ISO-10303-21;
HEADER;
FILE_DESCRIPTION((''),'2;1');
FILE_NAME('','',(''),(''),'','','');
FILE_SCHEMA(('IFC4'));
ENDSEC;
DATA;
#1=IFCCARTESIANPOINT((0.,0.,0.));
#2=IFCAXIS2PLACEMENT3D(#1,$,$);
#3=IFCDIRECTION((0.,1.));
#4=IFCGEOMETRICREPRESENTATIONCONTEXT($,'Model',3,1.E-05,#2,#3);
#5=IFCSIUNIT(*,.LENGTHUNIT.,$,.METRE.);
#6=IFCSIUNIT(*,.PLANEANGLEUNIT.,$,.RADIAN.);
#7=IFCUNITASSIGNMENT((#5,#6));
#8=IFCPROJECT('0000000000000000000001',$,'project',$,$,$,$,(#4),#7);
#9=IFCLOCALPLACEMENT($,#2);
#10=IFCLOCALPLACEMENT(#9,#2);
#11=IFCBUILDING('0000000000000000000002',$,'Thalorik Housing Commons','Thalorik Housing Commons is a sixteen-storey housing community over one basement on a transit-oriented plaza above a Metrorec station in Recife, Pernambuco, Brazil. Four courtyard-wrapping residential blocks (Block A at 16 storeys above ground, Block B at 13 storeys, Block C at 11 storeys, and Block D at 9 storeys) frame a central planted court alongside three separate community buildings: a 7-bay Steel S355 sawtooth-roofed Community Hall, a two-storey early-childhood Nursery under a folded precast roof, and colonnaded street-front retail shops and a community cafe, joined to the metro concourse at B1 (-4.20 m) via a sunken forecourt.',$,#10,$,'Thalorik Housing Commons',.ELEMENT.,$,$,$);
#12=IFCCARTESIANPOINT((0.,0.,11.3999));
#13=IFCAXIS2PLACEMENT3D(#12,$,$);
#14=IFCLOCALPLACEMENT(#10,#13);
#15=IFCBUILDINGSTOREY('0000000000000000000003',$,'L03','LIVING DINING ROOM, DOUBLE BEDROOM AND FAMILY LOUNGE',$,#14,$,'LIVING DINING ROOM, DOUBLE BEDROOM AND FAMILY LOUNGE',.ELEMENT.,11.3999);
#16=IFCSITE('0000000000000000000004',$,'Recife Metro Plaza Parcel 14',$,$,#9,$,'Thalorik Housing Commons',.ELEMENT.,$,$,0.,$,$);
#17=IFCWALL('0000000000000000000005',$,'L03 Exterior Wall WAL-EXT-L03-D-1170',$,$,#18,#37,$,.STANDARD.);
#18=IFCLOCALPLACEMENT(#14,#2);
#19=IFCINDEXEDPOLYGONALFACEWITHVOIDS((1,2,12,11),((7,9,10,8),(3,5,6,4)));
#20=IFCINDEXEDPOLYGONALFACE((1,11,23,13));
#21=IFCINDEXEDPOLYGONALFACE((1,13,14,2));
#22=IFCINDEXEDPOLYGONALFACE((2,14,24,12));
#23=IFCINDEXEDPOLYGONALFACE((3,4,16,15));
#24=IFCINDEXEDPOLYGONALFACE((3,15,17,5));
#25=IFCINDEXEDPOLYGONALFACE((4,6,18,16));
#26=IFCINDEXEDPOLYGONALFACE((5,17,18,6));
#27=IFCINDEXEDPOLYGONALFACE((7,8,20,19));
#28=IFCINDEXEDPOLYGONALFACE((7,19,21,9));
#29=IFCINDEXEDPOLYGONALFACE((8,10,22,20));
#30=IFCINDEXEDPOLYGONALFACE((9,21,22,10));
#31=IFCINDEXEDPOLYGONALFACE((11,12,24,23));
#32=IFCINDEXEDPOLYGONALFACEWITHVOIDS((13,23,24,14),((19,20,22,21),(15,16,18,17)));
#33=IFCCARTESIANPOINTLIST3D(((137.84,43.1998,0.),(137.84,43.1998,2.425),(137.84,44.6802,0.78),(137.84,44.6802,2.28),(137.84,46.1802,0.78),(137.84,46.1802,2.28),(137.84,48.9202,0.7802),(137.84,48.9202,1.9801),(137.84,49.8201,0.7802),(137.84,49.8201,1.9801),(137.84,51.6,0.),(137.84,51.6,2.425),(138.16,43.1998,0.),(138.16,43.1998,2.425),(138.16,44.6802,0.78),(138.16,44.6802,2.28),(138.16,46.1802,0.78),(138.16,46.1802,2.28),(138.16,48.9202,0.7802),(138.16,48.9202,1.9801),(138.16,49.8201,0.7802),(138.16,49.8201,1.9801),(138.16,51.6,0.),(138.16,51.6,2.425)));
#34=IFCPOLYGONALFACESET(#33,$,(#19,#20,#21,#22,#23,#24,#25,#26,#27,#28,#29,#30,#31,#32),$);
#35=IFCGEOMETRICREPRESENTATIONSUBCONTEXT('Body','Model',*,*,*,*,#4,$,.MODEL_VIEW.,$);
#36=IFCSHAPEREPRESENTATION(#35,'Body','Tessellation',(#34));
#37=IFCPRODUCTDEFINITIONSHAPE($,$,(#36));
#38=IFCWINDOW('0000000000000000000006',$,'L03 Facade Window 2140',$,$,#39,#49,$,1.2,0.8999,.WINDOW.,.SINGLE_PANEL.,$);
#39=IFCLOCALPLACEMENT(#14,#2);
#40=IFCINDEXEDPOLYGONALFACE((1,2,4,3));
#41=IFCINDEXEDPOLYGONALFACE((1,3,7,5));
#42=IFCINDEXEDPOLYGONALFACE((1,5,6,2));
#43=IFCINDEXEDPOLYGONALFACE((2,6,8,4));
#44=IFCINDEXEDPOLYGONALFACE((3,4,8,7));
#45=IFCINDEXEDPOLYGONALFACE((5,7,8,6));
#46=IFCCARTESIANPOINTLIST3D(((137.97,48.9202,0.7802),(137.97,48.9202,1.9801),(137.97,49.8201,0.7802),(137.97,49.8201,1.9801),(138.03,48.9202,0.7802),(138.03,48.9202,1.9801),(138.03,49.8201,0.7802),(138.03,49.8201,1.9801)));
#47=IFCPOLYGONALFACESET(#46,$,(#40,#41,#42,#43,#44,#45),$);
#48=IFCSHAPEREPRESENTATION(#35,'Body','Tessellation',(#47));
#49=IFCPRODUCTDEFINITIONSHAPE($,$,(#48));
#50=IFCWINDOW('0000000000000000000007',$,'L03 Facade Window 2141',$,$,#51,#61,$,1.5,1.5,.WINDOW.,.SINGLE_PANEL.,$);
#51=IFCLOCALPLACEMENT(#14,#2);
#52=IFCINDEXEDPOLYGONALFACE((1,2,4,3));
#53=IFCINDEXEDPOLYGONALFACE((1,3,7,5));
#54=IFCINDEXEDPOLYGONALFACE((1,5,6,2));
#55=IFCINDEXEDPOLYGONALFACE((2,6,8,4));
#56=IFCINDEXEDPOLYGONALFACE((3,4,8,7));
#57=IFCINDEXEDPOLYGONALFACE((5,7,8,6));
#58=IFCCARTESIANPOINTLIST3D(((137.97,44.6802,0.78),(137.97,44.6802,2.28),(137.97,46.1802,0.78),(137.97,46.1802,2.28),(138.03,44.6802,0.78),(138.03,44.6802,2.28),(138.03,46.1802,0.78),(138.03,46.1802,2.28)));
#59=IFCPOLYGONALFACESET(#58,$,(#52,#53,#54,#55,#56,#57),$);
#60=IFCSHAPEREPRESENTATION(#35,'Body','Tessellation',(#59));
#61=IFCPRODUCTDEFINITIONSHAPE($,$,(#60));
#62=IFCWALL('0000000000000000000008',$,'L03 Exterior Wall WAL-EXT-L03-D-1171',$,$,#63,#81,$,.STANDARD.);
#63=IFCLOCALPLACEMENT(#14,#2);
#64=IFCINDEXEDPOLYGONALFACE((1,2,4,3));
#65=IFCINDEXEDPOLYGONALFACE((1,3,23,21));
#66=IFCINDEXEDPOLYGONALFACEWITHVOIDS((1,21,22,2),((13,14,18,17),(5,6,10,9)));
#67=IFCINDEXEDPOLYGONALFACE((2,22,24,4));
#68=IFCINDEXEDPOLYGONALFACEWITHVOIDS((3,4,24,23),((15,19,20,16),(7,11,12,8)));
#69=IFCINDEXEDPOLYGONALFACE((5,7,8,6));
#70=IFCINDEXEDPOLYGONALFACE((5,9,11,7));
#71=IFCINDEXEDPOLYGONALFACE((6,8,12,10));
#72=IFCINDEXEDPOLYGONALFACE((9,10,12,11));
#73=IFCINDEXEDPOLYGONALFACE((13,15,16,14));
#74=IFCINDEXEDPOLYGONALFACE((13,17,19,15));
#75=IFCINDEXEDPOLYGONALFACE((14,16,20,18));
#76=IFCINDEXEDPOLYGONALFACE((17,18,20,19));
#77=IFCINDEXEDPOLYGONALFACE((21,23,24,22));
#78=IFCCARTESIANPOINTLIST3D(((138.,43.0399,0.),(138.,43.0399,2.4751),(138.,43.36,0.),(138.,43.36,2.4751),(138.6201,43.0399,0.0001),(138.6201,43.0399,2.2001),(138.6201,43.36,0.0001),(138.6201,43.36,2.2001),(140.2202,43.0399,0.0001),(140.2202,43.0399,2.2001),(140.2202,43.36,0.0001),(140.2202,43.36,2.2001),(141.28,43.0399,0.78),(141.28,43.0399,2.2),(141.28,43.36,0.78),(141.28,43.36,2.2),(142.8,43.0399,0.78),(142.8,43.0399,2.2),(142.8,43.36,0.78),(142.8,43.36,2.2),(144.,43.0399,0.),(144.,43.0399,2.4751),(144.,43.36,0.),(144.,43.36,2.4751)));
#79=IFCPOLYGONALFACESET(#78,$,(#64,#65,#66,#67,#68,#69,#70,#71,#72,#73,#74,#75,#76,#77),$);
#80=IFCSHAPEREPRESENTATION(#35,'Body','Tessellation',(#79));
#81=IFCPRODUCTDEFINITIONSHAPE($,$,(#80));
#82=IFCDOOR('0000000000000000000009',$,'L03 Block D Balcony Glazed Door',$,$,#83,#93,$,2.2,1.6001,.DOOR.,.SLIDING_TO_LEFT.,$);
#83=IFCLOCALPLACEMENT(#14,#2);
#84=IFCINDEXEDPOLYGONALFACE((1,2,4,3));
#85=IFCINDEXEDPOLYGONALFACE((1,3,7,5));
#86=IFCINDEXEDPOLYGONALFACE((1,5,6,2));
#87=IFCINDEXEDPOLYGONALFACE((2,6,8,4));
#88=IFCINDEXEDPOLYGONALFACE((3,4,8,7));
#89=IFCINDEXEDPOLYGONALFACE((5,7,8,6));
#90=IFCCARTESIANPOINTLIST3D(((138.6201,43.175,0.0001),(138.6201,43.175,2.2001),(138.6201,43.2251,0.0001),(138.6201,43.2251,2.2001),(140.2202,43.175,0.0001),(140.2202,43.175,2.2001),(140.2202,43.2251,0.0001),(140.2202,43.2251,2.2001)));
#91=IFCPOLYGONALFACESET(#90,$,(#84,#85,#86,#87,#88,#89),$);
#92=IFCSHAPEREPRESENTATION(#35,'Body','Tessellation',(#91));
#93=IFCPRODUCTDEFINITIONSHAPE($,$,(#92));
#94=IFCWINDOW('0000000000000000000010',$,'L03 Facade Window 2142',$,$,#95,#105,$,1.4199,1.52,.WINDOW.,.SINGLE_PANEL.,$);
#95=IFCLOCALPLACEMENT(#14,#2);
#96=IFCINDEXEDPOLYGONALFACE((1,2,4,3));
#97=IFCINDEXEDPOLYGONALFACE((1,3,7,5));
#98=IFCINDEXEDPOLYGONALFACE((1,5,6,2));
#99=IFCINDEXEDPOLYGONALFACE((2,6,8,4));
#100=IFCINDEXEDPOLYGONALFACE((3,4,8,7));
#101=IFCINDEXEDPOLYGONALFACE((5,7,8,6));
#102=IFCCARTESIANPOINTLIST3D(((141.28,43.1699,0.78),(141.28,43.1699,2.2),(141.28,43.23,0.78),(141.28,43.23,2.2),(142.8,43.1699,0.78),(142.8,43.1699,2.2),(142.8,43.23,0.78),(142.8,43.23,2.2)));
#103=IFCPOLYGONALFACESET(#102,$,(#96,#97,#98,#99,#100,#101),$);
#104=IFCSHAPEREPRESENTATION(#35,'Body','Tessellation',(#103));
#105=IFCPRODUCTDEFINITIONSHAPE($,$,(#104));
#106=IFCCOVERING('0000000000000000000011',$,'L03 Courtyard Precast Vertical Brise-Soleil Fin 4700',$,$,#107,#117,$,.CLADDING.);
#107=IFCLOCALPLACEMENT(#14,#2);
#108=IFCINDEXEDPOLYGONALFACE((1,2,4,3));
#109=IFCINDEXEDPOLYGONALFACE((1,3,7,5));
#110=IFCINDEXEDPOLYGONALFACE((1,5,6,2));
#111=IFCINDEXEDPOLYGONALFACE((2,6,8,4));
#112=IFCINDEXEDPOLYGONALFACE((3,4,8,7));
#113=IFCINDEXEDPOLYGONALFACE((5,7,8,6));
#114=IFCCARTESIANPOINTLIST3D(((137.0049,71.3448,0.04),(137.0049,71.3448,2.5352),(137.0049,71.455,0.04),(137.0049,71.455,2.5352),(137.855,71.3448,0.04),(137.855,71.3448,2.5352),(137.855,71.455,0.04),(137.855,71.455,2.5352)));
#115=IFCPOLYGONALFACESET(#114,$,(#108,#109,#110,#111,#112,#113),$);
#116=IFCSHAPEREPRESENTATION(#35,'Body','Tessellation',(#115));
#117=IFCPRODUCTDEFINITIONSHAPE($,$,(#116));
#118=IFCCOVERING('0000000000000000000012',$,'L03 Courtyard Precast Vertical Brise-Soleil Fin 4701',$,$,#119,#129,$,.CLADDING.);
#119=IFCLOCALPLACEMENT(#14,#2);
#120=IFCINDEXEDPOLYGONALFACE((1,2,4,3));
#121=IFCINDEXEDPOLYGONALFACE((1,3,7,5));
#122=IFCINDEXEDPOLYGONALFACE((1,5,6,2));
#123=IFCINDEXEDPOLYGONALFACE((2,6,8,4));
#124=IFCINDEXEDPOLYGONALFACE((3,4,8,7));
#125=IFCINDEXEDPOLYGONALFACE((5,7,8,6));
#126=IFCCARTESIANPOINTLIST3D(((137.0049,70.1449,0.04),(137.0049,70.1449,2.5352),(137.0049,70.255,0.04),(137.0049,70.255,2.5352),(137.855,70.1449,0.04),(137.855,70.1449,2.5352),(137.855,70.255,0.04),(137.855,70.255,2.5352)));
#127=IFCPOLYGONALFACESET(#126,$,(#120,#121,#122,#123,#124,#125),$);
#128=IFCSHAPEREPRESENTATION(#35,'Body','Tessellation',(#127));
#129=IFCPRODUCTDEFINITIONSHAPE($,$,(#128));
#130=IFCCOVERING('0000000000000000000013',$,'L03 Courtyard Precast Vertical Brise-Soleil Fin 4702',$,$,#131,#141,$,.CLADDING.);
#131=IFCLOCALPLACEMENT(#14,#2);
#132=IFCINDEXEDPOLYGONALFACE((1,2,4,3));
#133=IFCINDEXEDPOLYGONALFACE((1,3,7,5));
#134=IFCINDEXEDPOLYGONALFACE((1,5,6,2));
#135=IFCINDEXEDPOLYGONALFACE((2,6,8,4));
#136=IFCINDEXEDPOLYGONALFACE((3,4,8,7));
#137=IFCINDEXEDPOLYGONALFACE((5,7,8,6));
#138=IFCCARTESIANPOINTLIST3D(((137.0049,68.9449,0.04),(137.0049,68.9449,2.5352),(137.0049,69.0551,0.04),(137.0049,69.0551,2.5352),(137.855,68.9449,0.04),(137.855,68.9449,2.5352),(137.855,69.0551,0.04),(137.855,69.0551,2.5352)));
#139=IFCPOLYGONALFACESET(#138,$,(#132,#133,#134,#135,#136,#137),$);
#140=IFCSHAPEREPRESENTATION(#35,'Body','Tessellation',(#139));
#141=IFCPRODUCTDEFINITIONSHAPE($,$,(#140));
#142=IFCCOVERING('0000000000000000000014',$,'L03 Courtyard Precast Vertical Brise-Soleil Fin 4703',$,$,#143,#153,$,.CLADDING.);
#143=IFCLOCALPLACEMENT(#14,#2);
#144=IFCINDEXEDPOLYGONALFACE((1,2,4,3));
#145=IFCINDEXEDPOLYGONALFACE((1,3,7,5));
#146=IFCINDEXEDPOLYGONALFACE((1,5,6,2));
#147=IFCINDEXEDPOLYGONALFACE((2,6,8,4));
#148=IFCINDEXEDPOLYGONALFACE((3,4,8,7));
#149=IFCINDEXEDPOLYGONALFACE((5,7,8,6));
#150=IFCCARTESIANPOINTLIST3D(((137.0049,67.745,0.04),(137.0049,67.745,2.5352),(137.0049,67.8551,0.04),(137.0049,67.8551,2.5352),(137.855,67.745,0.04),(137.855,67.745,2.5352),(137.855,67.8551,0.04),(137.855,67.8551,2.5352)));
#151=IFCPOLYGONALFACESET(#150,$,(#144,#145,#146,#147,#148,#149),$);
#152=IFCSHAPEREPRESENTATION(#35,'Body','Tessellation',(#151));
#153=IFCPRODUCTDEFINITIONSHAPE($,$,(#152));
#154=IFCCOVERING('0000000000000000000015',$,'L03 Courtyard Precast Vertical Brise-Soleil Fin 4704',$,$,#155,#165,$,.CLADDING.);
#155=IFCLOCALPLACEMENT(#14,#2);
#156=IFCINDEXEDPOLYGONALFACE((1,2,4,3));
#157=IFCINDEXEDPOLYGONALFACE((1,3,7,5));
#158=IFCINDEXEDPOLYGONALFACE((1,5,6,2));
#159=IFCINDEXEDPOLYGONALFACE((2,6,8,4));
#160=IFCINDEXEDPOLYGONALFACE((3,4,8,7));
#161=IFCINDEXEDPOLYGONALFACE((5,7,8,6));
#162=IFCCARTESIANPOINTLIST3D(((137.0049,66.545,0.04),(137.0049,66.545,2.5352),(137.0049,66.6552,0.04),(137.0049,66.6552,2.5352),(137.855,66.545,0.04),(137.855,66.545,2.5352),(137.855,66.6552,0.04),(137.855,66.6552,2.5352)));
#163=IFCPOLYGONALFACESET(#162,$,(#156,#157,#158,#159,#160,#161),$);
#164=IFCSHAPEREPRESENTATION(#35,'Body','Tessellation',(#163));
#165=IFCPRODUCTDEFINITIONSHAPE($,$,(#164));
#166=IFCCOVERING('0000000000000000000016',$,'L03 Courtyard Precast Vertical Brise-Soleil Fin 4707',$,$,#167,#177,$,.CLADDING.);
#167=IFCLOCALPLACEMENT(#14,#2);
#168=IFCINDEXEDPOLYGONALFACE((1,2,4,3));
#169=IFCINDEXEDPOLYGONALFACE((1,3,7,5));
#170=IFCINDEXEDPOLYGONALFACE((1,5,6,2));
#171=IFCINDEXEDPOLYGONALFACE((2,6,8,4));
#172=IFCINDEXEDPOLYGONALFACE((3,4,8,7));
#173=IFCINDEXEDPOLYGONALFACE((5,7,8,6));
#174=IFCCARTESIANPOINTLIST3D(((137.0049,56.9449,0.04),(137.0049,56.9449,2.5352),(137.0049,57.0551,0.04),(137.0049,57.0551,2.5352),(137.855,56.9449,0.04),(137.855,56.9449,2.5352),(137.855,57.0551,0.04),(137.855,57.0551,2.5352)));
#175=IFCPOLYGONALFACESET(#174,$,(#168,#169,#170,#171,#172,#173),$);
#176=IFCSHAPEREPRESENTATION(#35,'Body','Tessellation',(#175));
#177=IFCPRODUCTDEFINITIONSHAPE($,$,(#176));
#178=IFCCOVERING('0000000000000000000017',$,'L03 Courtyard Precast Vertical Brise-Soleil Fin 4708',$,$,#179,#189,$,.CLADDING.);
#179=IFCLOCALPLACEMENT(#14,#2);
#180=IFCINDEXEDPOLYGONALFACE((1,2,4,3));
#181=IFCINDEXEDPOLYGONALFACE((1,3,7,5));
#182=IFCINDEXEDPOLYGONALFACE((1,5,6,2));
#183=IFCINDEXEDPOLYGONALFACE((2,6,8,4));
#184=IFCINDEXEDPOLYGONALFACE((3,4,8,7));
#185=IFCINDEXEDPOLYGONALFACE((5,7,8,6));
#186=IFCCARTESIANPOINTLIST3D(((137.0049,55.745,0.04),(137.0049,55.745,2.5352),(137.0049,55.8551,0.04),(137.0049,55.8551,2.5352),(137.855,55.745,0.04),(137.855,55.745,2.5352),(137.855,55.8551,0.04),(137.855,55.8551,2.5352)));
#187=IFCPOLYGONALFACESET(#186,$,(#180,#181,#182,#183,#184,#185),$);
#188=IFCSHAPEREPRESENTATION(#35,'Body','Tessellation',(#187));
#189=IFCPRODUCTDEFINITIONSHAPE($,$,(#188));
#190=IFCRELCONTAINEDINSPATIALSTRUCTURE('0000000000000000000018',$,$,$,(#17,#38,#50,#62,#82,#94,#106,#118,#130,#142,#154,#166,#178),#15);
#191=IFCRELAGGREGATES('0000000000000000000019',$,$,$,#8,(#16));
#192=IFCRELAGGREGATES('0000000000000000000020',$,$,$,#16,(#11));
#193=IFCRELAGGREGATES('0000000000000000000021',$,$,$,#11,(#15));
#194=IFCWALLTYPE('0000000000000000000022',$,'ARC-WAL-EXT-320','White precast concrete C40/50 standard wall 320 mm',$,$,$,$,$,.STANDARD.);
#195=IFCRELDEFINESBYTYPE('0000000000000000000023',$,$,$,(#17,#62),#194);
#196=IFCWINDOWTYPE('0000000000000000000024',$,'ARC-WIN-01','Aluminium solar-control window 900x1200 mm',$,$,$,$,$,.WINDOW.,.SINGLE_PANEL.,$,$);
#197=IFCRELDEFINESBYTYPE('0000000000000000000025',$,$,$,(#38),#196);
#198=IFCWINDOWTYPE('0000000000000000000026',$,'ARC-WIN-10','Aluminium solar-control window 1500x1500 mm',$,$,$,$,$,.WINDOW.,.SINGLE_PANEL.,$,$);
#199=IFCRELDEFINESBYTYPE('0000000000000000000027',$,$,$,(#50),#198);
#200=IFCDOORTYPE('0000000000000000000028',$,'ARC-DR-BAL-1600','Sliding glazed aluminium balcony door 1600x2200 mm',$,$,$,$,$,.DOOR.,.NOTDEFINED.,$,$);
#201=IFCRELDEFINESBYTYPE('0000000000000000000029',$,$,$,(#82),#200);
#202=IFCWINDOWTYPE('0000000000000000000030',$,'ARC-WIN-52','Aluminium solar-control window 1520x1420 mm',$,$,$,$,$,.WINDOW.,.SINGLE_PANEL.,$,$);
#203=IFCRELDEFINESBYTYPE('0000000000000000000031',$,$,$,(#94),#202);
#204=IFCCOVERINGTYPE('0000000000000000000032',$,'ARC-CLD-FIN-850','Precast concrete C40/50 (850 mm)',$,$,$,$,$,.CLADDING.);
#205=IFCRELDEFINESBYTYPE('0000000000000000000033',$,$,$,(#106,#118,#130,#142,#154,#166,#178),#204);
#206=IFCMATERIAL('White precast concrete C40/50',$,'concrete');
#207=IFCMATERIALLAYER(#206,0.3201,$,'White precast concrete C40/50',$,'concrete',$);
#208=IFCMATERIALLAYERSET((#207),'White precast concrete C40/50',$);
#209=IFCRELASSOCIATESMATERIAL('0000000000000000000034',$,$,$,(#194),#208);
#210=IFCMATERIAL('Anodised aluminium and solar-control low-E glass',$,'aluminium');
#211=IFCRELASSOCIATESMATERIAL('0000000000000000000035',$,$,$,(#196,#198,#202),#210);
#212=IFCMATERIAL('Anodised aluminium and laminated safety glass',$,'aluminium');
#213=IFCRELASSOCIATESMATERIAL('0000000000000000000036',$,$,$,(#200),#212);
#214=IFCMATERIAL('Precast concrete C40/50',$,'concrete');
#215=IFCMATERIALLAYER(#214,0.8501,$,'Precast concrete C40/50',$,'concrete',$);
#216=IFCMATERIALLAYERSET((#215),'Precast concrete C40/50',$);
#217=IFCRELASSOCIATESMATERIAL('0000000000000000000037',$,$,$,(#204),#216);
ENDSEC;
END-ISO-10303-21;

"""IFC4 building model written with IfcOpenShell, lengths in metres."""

from ifc_helpers import new_model, si_unit, direction, frame, frame_2d, origin, origin_2d, place, context, subcontext, project, spatial, rectangle, extrude, material, layer, layer_set, type_object, element, fill, save


model = new_model("IFC4")

# Units and contexts
model_context = context("Model", 3, precision=1e-05, world=origin(), true_north=direction((0.0, 1.0)))
body_context = subcontext(model_context, "Body", "Model", "MODEL_VIEW")
ifc_project = project(units=[si_unit("LENGTHUNIT", "METRE"), si_unit("PLANEANGLEUNIT", "RADIAN")], contexts=[model_context])

# Site, building, storey
site_placement = place(None, origin())
site = spatial("IfcSite", under=ifc_project, at=site_placement, Name="Recife Metro Plaza Parcel 14", LongName="Thalorik Housing Commons", CompositionType="ELEMENT", RefElevation=0.0)
building_placement = place(site_placement, origin())
building = spatial("IfcBuilding", under=site, at=building_placement, Name="Thalorik Housing Commons", Description="Thalorik Housing Commons is a sixteen-storey housing community over one basement on a transit-oriented plaza above a Metrorec station in Recife, Pernambuco, Brazil. Four courtyard-wrapping residential blocks (Block A at 16 storeys above ground, Block B at 13 storeys, Block C at 11 storeys, and Block D at 9 storeys) frame a central planted court alongside three separate community buildings: a 7-bay Steel S355 sawtooth-roofed Community Hall, a two-storey early-childhood Nursery under a folded precast roof, and colonnaded street-front retail shops and a community cafe, joined to the metro concourse at B1 (-4.20 m) via a sunken forecourt.", LongName="Thalorik Housing Commons", CompositionType="ELEMENT")
storey_placement = place(building_placement, frame((0.0, 0.0, 11.3999)))
storey = spatial("IfcBuildingStorey", under=building, at=storey_placement, Name="L03", Description="LIVING DINING ROOM, DOUBLE BEDROOM AND FAMILY LOUNGE", LongName="LIVING DINING ROOM, DOUBLE BEDROOM AND FAMILY LOUNGE", CompositionType="ELEMENT", Elevation=11.3999)

# Shared definitions
ifc_material_1 = material(Name="Precast concrete C40/50", Category="concrete")

# Wall, openings, windows
ifc_material_2 = material(Name="White precast concrete C40/50", Category="concrete")
ifc_layer_1 = layer(ifc_material_2, 0.3201, Name="White precast concrete C40/50", Category="concrete")
ifc_layer_set_1 = layer_set([ifc_layer_1], Name="White precast concrete C40/50")
wall_type = type_object("IfcWallType", Name="ARC-WAL-EXT-320", Description="White precast concrete C40/50 standard wall 320 mm", PredefinedType="STANDARD", material=ifc_layer_set_1)
ifc_material_3 = material(Name="Anodised aluminium and solar-control low-E glass", Category="aluminium")
wall_1_placement = place(storey_placement, frame((138.0, 51.6001, 0.0), z_axis=(0.0, 0.0, 1.0), x_axis=(0.0, -1.0, 0.0)))
wall_1 = element("IfcWall", 1, at=wall_1_placement, inside=storey, type_object=wall_type, Name="L03 Exterior Wall WAL-EXT-L03-D-1170", PredefinedType="STANDARD", context=body_context, shape_type="SweptSolid", body=[
    extrude(rectangle(XDim=8.4001, YDim=0.3201, at=frame_2d((4.2002, 0.0))), origin(), (0.0, 0.0, 1.0), 2.425),
])
opening_1_placement = place(wall_1_placement, frame((1.78, 0.0, 0.78)))
opening_1 = element("IfcOpeningElement", 2, at=opening_1_placement, cuts=wall_1, PredefinedType="OPENING", context=body_context, shape_type="SweptSolid", body=[
    extrude(rectangle(XDim=0.8999, YDim=1.2, at=frame_2d((0.45, 0.6001))), frame((0.0, 0.1699, 0.0), z_axis=(0.0, -1.0, 0.0), x_axis=(1.0, 0.0, 0.0)), (0.0, 0.0, 1.0), 0.3401),
])
opening_2_placement = place(wall_1_placement, frame((5.4199, 0.0, 0.78)))
opening_2 = element("IfcOpeningElement", 3, at=opening_2_placement, cuts=wall_1, PredefinedType="OPENING", context=body_context, shape_type="SweptSolid", body=[
    extrude(rectangle(XDim=1.5, YDim=1.5, at=frame_2d((0.75, 0.75))), frame((0.0, 0.1699, 0.0), z_axis=(0.0, -1.0, 0.0), x_axis=(1.0, 0.0, 0.0)), (0.0, 0.0, 1.0), 0.3401),
])
window_type_1 = type_object("IfcWindowType", Name="ARC-WIN-01", Description="Aluminium solar-control window 900x1200 mm", PartitioningType="SINGLE_PANEL", PredefinedType="WINDOW", material=ifc_material_3)
window_1_placement = place(opening_1_placement, origin())
window_1 = element("IfcWindow", 4, at=window_1_placement, inside=storey, type_object=window_type_1, Name="L03 Facade Window 2140", OverallHeight=1.2, OverallWidth=0.8999, PartitioningType="SINGLE_PANEL", PredefinedType="WINDOW", context=body_context, shape_type="SweptSolid", body=[
    extrude(rectangle(XDim=0.8999, YDim=1.2, at=frame_2d((0.45, 0.6001))), frame((0.0, 0.03, 0.0), z_axis=(0.0, -1.0, 0.0), x_axis=(1.0, 0.0, 0.0)), (0.0, 0.0, 1.0), 0.0601),
])
fill(opening_1, window_1)
window_type_2 = type_object("IfcWindowType", Name="ARC-WIN-10", Description="Aluminium solar-control window 1500x1500 mm", PartitioningType="SINGLE_PANEL", PredefinedType="WINDOW", material=ifc_material_3)
window_2_placement = place(opening_2_placement, origin())
window_2 = element("IfcWindow", 5, at=window_2_placement, inside=storey, type_object=window_type_2, Name="L03 Facade Window 2141", OverallHeight=1.5, OverallWidth=1.5, PartitioningType="SINGLE_PANEL", PredefinedType="WINDOW", context=body_context, shape_type="SweptSolid", body=[
    extrude(rectangle(XDim=1.5, YDim=1.5, at=frame_2d((0.75, 0.75))), frame((0.0, 0.03, 0.0), z_axis=(0.0, -1.0, 0.0), x_axis=(1.0, 0.0, 0.0)), (0.0, 0.0, 1.0), 0.0601),
])
fill(opening_2, window_2)

# Wall, openings, door, window
wall_2_placement = place(storey_placement, frame((138.0, 43.2, 0.0), z_axis=(0.0, 0.0, 1.0), x_axis=(1.0, 0.0, 0.0)))
wall_2 = element("IfcWall", 6, at=wall_2_placement, inside=storey, type_object=wall_type, Name="L03 Exterior Wall WAL-EXT-L03-D-1171", PredefinedType="STANDARD", context=body_context, shape_type="SweptSolid", body=[
    extrude(rectangle(XDim=6.0, YDim=0.3201, at=frame_2d((3.0, 0.0))), origin(), (0.0, 0.0, 1.0), 2.4751),
])
opening_3_placement = place(wall_2_placement, frame((0.6201, 0.0, 0.0)))
opening_3 = element("IfcOpeningElement", 7, at=opening_3_placement, cuts=wall_2, PredefinedType="OPENING", context=body_context, shape_type="SweptSolid", body=[
    extrude(rectangle(XDim=1.6001, YDim=2.2, at=frame_2d((0.8, 1.1001))), frame((0.0, 0.1699, 0.0), z_axis=(0.0, -1.0, 0.0), x_axis=(1.0, 0.0, 0.0)), (0.0, 0.0, 1.0), 0.3401),
])
opening_4_placement = place(wall_2_placement, frame((3.28, 0.0, 0.78)))
opening_4 = element("IfcOpeningElement", 8, at=opening_4_placement, cuts=wall_2, PredefinedType="OPENING", context=body_context, shape_type="SweptSolid", body=[
    extrude(rectangle(XDim=1.52, YDim=1.4199, at=frame_2d((0.76, 0.71))), frame((0.0, 0.1699, 0.0), z_axis=(0.0, -1.0, 0.0), x_axis=(1.0, 0.0, 0.0)), (0.0, 0.0, 1.0), 0.3401),
])
ifc_material_4 = material(Name="Anodised aluminium and laminated safety glass", Category="aluminium")
door_type = type_object("IfcDoorType", Name="ARC-DR-BAL-1600", Description="Sliding glazed aluminium balcony door 1600x2200 mm", OperationType="NOTDEFINED", PredefinedType="DOOR", material=ifc_material_4)
door_placement = place(opening_3_placement, frame((1.6001, 0.0, 0.0), z_axis=(0.0, 0.0, 1.0), x_axis=(-1.0, 0.0, 0.0)))
door = element("IfcDoor", 9, at=door_placement, inside=storey, type_object=door_type, Name="L03 Block D Balcony Glazed Door", OperationType="SLIDING_TO_LEFT", OverallHeight=2.2, OverallWidth=1.6001, PredefinedType="DOOR", context=body_context, shape_type="SweptSolid", body=[
    extrude(rectangle(XDim=1.6001, YDim=2.2, at=frame_2d((0.8, 1.1001))), frame((0.0, 0.0249, 0.0), z_axis=(0.0, -1.0, 0.0), x_axis=(1.0, 0.0, 0.0)), (0.0, 0.0, 1.0), 0.05),
])
fill(opening_3, door)
window_type_3 = type_object("IfcWindowType", Name="ARC-WIN-52", Description="Aluminium solar-control window 1520x1420 mm", PartitioningType="SINGLE_PANEL", PredefinedType="WINDOW", material=ifc_material_3)
window_3_placement = place(opening_4_placement, origin())
window_3 = element("IfcWindow", 10, at=window_3_placement, inside=storey, type_object=window_type_3, Name="L03 Facade Window 2142", OverallHeight=1.4199, OverallWidth=1.52, PartitioningType="SINGLE_PANEL", PredefinedType="WINDOW", context=body_context, shape_type="SweptSolid", body=[
    extrude(rectangle(XDim=1.52, YDim=1.4199, at=frame_2d((0.76, 0.71))), frame((0.0, 0.03, 0.0), z_axis=(0.0, -1.0, 0.0), x_axis=(1.0, 0.0, 0.0)), (0.0, 0.0, 1.0), 0.0601),
])
fill(opening_4, window_3)

# Coverings
ifc_layer_2 = layer(ifc_material_1, 0.8501, Name="Precast concrete C40/50", Category="concrete")
ifc_layer_set_2 = layer_set([ifc_layer_2], Name="Precast concrete C40/50")
covering_type_1 = type_object("IfcCoveringType", Name="ARC-CLD-FIN-850", Description="Precast concrete C40/50 (850 mm)", PredefinedType="CLADDING", material=ifc_layer_set_2)
for number, where, z_axis, x_axis, name in (
    (11, (137.4299, 71.3999, 0.04), (0.0, 0.0, 1.0), (0.0, -1.0, 0.0), "L03 Courtyard Precast Vertical Brise-Soleil Fin 4700"),
    (12, (137.4299, 70.2, 0.04), (0.0, 0.0, 1.0), (0.0, -1.0, 0.0), "L03 Courtyard Precast Vertical Brise-Soleil Fin 4701"),
    (13, (137.4299, 69.0, 0.04), (0.0, 0.0, 1.0), (0.0, -1.0, 0.0), "L03 Courtyard Precast Vertical Brise-Soleil Fin 4702"),
    (14, (137.4299, 67.8, 0.04), (0.0, 0.0, 1.0), (0.0, -1.0, 0.0), "L03 Courtyard Precast Vertical Brise-Soleil Fin 4703"),
    (15, (137.4299, 66.6001, 0.04), (0.0, 0.0, 1.0), (0.0, -1.0, 0.0), "L03 Courtyard Precast Vertical Brise-Soleil Fin 4704"),
    (16, (137.4299, 57.0, 0.04), (0.0, 0.0, 1.0), (0.0, -1.0, 0.0), "L03 Courtyard Precast Vertical Brise-Soleil Fin 4707"),
    (17, (137.4299, 55.8, 0.04), (0.0, 0.0, 1.0), (0.0, -1.0, 0.0), "L03 Courtyard Precast Vertical Brise-Soleil Fin 4708"),
):
    element("IfcCovering", number, at=place(storey_placement, frame(where, z_axis=z_axis, x_axis=x_axis)), inside=storey, type_object=covering_type_1, Name=name, PredefinedType="CLADDING", context=body_context, shape_type="SweptSolid", body=[
        extrude(rectangle(XDim=0.1101, YDim=0.8501, at=origin_2d()), origin(), (0.0, 0.0, 1.0), 2.4951),
    ])

save(model, "model.ifc")
